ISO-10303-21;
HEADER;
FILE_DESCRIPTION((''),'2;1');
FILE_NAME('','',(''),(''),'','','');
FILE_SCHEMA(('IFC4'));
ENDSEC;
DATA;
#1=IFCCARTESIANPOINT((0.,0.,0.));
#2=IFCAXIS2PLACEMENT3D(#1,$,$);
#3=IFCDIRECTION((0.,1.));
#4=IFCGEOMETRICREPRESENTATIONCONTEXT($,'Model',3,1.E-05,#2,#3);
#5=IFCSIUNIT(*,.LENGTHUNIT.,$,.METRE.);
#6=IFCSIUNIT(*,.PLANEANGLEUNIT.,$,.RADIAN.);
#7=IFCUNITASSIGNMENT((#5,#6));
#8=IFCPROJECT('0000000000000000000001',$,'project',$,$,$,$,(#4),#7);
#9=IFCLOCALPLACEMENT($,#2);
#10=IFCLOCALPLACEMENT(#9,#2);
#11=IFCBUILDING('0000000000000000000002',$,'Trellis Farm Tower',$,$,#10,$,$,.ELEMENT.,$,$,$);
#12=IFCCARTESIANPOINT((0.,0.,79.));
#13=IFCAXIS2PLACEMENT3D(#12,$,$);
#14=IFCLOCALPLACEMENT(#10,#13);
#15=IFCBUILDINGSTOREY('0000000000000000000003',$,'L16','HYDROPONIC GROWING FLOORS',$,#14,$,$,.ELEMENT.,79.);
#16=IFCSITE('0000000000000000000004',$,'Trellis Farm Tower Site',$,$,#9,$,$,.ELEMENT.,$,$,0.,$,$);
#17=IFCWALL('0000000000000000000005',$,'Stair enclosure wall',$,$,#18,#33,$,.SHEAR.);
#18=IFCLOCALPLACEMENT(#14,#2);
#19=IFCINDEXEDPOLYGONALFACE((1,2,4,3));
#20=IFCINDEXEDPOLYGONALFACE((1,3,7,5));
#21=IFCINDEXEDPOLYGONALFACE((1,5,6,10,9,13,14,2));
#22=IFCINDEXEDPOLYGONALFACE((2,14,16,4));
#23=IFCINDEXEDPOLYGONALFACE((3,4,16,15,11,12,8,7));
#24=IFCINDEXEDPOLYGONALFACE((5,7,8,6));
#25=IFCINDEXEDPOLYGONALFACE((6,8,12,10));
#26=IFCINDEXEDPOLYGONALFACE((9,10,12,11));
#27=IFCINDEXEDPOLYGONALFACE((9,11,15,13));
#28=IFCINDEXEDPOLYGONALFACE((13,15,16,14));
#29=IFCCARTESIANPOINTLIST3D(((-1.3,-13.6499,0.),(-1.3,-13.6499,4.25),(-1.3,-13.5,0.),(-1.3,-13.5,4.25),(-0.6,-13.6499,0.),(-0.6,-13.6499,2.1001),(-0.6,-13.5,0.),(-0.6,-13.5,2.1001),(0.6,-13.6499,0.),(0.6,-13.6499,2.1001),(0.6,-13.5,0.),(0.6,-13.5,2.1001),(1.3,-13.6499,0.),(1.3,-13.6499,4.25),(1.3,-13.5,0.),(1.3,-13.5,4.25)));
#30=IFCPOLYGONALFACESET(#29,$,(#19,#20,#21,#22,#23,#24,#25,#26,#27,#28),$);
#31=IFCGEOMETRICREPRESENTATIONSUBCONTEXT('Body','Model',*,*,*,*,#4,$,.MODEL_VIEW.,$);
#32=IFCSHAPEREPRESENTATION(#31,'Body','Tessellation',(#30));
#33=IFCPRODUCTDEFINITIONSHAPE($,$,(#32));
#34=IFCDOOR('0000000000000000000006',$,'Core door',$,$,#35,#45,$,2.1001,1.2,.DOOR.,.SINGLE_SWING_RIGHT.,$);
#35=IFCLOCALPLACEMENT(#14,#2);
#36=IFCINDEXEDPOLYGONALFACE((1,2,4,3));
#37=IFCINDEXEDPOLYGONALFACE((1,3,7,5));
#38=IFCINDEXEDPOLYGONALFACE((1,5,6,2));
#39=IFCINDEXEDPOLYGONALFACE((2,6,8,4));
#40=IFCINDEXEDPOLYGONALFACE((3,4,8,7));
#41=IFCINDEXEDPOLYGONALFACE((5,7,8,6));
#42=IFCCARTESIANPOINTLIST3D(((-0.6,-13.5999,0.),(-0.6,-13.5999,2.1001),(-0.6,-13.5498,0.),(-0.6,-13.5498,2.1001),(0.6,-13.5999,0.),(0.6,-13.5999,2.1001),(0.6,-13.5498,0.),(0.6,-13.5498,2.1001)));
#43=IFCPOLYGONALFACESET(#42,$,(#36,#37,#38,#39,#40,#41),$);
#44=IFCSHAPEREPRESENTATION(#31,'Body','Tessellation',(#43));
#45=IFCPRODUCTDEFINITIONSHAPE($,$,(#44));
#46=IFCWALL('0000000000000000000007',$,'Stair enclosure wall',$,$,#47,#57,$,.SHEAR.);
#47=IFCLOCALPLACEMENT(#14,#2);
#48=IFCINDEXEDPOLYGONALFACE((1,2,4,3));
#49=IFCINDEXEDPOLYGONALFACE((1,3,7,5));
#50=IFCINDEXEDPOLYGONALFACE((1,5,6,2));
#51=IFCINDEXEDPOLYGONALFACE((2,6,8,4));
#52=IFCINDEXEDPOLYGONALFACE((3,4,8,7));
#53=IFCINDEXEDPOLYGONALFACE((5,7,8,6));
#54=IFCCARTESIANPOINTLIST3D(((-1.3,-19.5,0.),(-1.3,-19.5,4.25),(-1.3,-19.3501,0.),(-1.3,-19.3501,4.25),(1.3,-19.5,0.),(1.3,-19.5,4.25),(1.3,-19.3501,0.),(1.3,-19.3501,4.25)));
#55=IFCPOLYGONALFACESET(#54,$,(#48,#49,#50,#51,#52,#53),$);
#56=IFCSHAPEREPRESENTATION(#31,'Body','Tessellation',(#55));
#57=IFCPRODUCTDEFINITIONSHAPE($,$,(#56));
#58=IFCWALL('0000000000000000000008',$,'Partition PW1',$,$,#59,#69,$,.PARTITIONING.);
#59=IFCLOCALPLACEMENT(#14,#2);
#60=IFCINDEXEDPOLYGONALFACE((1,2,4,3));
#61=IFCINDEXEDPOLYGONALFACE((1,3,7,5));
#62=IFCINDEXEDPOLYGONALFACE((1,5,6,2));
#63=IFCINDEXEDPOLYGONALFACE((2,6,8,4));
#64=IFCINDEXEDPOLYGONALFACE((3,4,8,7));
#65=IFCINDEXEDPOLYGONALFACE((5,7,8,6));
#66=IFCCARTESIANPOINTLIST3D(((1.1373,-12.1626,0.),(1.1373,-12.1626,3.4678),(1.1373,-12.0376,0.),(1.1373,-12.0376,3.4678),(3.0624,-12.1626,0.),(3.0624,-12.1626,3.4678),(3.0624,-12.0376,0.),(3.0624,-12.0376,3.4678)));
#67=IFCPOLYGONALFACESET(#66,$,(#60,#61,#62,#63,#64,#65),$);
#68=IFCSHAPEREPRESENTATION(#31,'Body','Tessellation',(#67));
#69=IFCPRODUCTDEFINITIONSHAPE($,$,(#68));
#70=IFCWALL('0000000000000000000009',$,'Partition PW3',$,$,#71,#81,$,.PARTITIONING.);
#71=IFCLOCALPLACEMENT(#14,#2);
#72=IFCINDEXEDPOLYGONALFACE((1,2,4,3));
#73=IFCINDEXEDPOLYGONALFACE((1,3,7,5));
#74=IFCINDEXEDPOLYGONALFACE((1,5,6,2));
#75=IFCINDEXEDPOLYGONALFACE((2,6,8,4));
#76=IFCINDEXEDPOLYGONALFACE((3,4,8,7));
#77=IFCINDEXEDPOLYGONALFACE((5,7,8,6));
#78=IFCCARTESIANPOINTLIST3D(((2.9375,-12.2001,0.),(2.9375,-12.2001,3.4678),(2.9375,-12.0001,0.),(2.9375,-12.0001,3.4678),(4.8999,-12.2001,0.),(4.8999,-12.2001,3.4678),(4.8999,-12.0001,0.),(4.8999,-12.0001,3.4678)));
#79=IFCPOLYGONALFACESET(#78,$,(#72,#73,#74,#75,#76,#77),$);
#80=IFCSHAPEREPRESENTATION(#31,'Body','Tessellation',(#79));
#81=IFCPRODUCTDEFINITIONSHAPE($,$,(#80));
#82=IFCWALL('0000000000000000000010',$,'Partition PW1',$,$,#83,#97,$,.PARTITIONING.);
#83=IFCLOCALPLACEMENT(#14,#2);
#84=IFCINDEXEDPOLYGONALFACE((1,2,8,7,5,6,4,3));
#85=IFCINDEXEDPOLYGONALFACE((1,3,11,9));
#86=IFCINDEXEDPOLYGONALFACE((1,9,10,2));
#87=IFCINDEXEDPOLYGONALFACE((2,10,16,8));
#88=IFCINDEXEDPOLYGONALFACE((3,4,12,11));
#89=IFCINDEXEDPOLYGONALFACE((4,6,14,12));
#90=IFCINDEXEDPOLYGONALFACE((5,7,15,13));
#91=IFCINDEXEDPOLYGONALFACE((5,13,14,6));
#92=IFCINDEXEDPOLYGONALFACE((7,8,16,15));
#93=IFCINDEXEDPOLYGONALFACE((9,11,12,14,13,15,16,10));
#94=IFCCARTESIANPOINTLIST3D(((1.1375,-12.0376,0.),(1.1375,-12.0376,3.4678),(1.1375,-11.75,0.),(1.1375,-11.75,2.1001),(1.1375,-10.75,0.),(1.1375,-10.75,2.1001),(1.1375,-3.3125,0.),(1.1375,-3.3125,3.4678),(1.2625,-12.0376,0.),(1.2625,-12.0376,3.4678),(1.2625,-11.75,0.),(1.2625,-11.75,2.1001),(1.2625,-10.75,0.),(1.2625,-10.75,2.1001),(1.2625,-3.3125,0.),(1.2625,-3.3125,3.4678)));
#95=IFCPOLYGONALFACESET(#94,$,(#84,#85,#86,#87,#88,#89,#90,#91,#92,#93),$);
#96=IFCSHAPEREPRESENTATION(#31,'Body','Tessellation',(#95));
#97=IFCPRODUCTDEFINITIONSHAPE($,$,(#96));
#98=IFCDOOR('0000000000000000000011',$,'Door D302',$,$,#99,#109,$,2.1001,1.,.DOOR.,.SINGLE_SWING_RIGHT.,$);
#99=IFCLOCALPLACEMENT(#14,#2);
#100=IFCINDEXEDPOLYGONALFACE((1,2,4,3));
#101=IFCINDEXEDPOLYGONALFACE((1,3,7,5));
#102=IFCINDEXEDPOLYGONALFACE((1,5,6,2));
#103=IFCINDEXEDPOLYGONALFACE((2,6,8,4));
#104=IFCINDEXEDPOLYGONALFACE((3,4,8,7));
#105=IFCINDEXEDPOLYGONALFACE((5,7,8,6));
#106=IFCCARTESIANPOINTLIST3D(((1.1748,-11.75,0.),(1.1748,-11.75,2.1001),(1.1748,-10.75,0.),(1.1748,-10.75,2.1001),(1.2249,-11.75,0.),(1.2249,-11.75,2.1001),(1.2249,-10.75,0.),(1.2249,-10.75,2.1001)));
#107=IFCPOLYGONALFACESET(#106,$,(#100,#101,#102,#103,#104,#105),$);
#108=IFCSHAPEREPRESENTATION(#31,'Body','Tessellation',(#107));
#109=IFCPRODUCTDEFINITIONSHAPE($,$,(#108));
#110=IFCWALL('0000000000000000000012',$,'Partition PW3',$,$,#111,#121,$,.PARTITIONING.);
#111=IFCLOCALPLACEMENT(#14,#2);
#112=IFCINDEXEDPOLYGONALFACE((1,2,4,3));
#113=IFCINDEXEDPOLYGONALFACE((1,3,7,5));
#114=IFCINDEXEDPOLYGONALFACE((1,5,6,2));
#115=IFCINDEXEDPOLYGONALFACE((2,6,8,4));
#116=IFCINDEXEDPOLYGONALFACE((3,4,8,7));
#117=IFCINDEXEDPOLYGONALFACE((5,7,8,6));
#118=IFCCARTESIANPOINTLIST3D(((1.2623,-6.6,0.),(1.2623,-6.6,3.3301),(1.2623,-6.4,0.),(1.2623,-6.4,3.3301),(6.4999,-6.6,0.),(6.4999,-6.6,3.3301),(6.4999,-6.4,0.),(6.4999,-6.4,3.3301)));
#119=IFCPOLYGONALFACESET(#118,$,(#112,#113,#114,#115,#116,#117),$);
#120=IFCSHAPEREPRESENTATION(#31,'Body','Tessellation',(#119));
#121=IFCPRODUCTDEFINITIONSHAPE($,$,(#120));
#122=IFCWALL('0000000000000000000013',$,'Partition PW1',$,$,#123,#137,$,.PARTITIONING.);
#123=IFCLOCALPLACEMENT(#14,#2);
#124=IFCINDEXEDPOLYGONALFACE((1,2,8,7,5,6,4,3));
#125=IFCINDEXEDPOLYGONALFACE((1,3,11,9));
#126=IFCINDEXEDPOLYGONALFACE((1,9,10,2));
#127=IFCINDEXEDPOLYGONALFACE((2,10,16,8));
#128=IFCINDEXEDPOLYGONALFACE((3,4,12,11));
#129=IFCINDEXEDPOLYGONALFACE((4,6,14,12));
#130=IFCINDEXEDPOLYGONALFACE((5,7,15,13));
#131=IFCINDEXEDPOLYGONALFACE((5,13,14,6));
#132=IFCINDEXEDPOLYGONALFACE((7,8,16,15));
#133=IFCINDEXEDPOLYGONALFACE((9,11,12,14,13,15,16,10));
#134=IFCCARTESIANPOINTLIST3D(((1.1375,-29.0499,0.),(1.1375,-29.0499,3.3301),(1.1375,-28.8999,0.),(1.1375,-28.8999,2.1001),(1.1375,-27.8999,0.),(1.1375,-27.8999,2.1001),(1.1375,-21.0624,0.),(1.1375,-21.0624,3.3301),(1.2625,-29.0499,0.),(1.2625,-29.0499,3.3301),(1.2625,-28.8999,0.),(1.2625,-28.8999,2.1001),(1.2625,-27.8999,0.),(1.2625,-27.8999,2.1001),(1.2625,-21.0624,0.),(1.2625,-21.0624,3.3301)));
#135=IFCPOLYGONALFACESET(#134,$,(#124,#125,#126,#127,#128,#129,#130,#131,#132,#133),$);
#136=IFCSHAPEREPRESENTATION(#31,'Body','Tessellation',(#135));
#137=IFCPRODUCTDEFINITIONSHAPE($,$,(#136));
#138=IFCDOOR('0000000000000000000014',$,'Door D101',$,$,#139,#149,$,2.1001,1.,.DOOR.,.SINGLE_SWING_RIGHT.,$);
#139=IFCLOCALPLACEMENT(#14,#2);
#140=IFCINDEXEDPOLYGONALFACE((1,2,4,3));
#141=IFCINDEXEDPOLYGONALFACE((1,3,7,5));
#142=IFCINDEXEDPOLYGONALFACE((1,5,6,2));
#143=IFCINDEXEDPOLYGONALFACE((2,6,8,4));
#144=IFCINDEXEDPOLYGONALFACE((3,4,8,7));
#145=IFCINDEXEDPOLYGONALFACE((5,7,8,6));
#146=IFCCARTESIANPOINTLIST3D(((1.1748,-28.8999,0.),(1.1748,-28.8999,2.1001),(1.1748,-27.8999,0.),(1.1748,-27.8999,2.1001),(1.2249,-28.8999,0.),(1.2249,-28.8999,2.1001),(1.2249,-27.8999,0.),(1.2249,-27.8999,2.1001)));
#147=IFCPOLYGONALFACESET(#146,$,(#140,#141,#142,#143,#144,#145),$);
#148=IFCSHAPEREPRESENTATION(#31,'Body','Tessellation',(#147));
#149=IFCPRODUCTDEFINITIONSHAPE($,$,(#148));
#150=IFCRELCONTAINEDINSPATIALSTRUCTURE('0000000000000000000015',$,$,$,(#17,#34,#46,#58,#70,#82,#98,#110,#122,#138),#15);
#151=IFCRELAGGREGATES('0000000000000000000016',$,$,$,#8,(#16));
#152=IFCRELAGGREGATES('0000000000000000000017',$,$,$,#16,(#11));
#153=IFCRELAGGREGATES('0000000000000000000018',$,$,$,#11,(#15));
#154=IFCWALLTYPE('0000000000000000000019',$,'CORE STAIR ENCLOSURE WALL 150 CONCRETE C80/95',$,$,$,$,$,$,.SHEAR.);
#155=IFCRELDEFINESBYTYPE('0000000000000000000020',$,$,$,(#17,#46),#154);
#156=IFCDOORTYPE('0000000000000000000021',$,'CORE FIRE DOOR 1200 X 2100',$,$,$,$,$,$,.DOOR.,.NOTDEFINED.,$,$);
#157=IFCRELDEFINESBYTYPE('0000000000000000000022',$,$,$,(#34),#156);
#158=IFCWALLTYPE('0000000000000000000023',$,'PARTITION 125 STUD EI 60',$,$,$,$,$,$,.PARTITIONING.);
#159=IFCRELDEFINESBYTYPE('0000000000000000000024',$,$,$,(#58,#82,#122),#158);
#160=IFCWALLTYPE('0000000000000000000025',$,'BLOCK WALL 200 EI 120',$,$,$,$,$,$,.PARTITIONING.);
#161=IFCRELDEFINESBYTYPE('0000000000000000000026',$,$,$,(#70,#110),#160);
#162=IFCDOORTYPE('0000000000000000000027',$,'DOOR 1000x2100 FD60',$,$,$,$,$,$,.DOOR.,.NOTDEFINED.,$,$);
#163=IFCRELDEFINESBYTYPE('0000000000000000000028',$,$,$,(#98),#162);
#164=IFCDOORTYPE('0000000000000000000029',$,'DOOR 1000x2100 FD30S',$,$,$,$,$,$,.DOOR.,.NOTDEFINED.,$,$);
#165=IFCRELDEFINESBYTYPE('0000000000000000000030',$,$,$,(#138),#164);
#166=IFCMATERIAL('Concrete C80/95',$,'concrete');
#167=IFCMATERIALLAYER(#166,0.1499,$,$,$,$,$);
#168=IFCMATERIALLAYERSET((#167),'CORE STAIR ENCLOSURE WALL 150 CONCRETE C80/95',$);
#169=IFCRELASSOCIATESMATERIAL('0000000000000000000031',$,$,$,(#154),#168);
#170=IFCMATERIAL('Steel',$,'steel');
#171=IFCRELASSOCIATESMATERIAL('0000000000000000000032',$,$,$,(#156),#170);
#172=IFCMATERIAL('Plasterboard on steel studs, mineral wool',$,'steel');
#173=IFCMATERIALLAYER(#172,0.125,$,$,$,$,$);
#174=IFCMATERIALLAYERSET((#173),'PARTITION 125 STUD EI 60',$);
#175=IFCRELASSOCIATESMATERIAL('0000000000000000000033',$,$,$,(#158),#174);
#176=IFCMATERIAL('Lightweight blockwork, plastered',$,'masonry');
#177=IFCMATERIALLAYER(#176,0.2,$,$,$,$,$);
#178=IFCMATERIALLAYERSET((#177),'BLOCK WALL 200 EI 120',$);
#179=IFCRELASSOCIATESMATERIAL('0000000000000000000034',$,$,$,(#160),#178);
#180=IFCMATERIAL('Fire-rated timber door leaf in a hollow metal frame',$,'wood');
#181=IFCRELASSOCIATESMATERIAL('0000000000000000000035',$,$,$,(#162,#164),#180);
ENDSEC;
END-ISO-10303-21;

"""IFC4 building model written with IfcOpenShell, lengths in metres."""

from ifc_helpers import new_model, si_unit, direction, frame, frame_2d, origin, place, context, subcontext, project, spatial, rectangle, extrude, source, transform, mapped, material, layer, layer_set, type_object, element, fill, save


model = new_model("IFC4")

# Units and contexts
model_context = context("Model", 3, precision=1e-05, world=origin(), true_north=direction((0.0, 1.0)))
body_context = subcontext(model_context, "Body", "Model", "MODEL_VIEW")
ifc_project = project(units=[si_unit("LENGTHUNIT", "METRE"), si_unit("PLANEANGLEUNIT", "RADIAN")], contexts=[model_context])

# Site, building, storey
site_placement = place(None, origin())
site = spatial("IfcSite", under=ifc_project, at=site_placement, Name="Trellis Farm Tower Site", CompositionType="ELEMENT", RefElevation=0.0)
building_placement = place(site_placement, origin())
building = spatial("IfcBuilding", under=site, at=building_placement, Name="Trellis Farm Tower", CompositionType="ELEMENT")
storey_placement = place(building_placement, frame((0.0, 0.0, 79.0)))
storey = spatial("IfcBuildingStorey", under=building, at=storey_placement, Name="L16", Description="HYDROPONIC GROWING FLOORS", CompositionType="ELEMENT", Elevation=79.0)

# Shared definitions
ifc_material_1 = material(Name="Concrete C80/95", Category="concrete")

# Wall, opening, door
ifc_layer_1 = layer(ifc_material_1, 0.1499)
ifc_layer_set_1 = layer_set([ifc_layer_1], Name="CORE STAIR ENCLOSURE WALL 150 CONCRETE C80/95")
wall_type_1 = type_object("IfcWallType", Name="CORE STAIR ENCLOSURE WALL 150 CONCRETE C80/95", PredefinedType="SHEAR", material=ifc_layer_set_1)
shared_shape_1 = source(origin(), body_context, "Body", "SweptSolid", [
    extrude(rectangle(XDim=2.6001, YDim=0.1499, at=frame_2d((1.3, 0.0))), origin(), (0.0, 0.0, 1.0), 4.25),
])
wall_1_placement = place(storey_placement, frame((1.3, -13.575, 0.0), z_axis=(0.0, 0.0, 1.0), x_axis=(-1.0, 0.0, 0.0)))
wall_1 = element("IfcWall", 1, at=wall_1_placement, inside=storey, type_object=wall_type_1, Name="Stair enclosure wall", PredefinedType="SHEAR", context=body_context, shape_type="MappedRepresentation", body=[
    mapped(shared_shape_1, transform((0.0, 0.0, 0.0))),
])
shared_shape_2 = source(origin(), body_context, "Body", "SweptSolid", [
    extrude(rectangle(XDim=1.2, YDim=2.1001, at=frame_2d((0.6001, 1.05))), frame((0.0, 0.085, 0.0), z_axis=(0.0, -1.0, 0.0), x_axis=(1.0, 0.0, 0.0)), (0.0, 0.0, 1.0), 0.1699),
])
opening_1_placement = place(wall_1_placement, frame((0.7, 0.0, 0.0)))
opening_1 = element("IfcOpeningElement", 2, at=opening_1_placement, cuts=wall_1, PredefinedType="OPENING", context=body_context, shape_type="MappedRepresentation", body=[
    mapped(shared_shape_2, transform((0.0, 0.0, 0.0))),
])
ifc_material_2 = material(Name="Steel", Category="steel")
door_type_1 = type_object("IfcDoorType", Name="CORE FIRE DOOR 1200 X 2100", OperationType="NOTDEFINED", PredefinedType="DOOR", material=ifc_material_2)
shared_shape_3 = source(origin(), body_context, "Body", "SweptSolid", [
    extrude(rectangle(XDim=1.2, YDim=2.1001, at=frame_2d((0.6001, 1.05))), frame((0.0, 0.0249, 0.0), z_axis=(0.0, -1.0, 0.0), x_axis=(1.0, 0.0, 0.0)), (0.0, 0.0, 1.0), 0.05),
])
door_1_placement = place(opening_1_placement, origin())
door_1 = element("IfcDoor", 3, at=door_1_placement, inside=storey, type_object=door_type_1, Name="Core door", OperationType="SINGLE_SWING_RIGHT", OverallHeight=2.1001, OverallWidth=1.2, PredefinedType="DOOR", context=body_context, shape_type="MappedRepresentation", body=[
    mapped(shared_shape_3, transform((0.0, 0.0, 0.0))),
])
fill(opening_1, door_1)

# Walls
wall_2_placement = place(storey_placement, frame((1.3, -19.425, 0.0), z_axis=(0.0, 0.0, 1.0), x_axis=(-1.0, 0.0, 0.0)))
element("IfcWall", 4, at=wall_2_placement, inside=storey, type_object=wall_type_1, Name="Stair enclosure wall", PredefinedType="SHEAR", context=body_context, shape_type="MappedRepresentation", body=[
    mapped(shared_shape_1, transform((0.0, 0.0, 0.0))),
])
ifc_material_3 = material(Name="Plasterboard on steel studs, mineral wool", Category="steel")
ifc_layer_2 = layer(ifc_material_3, 0.125)
ifc_layer_set_2 = layer_set([ifc_layer_2], Name="PARTITION 125 STUD EI 60")
wall_type_2 = type_object("IfcWallType", Name="PARTITION 125 STUD EI 60", PredefinedType="PARTITIONING", material=ifc_layer_set_2)
shared_shape_4 = source(origin(), body_context, "Body", "SweptSolid", [
    extrude(rectangle(XDim=1.925, YDim=0.125, at=frame_2d((0.9624, 0.0))), origin(), (0.0, 0.0, 1.0), 3.4678),
])
wall_3_placement = place(storey_placement, frame((1.1375, -12.1001, 0.0), z_axis=(0.0, 0.0, 1.0), x_axis=(1.0, 0.0, 0.0)))
element("IfcWall", 5, at=wall_3_placement, inside=storey, type_object=wall_type_2, Name="Partition PW1", PredefinedType="PARTITIONING", context=body_context, shape_type="MappedRepresentation", body=[
    mapped(shared_shape_4, transform((0.0, 0.0, 0.0))),
])
ifc_material_4 = material(Name="Lightweight blockwork, plastered", Category="masonry")
ifc_layer_3 = layer(ifc_material_4, 0.2)
ifc_layer_set_3 = layer_set([ifc_layer_3], Name="BLOCK WALL 200 EI 120")
wall_type_3 = type_object("IfcWallType", Name="BLOCK WALL 200 EI 120", PredefinedType="PARTITIONING", material=ifc_layer_set_3)
shared_shape_5 = source(origin(), body_context, "Body", "SweptSolid", [
    extrude(rectangle(XDim=1.9624, YDim=0.2, at=frame_2d((0.9812, 0.0))), origin(), (0.0, 0.0, 1.0), 3.4678),
])
wall_4_placement = place(storey_placement, frame((2.9375, -12.1001, 0.0), z_axis=(0.0, 0.0, 1.0), x_axis=(1.0, 0.0, 0.0)))
element("IfcWall", 6, at=wall_4_placement, inside=storey, type_object=wall_type_3, Name="Partition PW3", PredefinedType="PARTITIONING", context=body_context, shape_type="MappedRepresentation", body=[
    mapped(shared_shape_5, transform((0.0, 0.0, 0.0))),
])

# Wall, opening, door
shared_shape_6 = source(origin(), body_context, "Body", "SweptSolid", [
    extrude(rectangle(XDim=8.7251, YDim=0.125, at=frame_2d((4.3625, 0.0))), origin(), (0.0, 0.0, 1.0), 3.4678),
])
wall_5_placement = place(storey_placement, frame((1.2, -3.3125, 0.0), z_axis=(0.0, 0.0, 1.0), x_axis=(0.0, -1.0, 0.0)))
wall_5 = element("IfcWall", 7, at=wall_5_placement, inside=storey, type_object=wall_type_2, Name="Partition PW1", PredefinedType="PARTITIONING", context=body_context, shape_type="MappedRepresentation", body=[
    mapped(shared_shape_6, transform((0.0, 0.0, 0.0))),
])
shared_shape_7 = source(origin(), body_context, "Body", "SweptSolid", [
    extrude(rectangle(XDim=1.0, YDim=2.1001, at=frame_2d((0.5, 1.05))), frame((0.0, 0.0725, 0.0), z_axis=(0.0, -1.0, 0.0), x_axis=(1.0, 0.0, 0.0)), (0.0, 0.0, 1.0), 0.145),
])
opening_2_placement = place(wall_5_placement, frame((7.4375, 0.0, 0.0)))
opening_2 = element("IfcOpeningElement", 8, at=opening_2_placement, cuts=wall_5, PredefinedType="OPENING", context=body_context, shape_type="MappedRepresentation", body=[
    mapped(shared_shape_7, transform((0.0, 0.0, 0.0))),
])
ifc_material_5 = material(Name="Fire-rated timber door leaf in a hollow metal frame", Category="wood")
door_type_2 = type_object("IfcDoorType", Name="DOOR 1000x2100 FD60", OperationType="NOTDEFINED", PredefinedType="DOOR", material=ifc_material_5)
shared_shape_8 = source(origin(), body_context, "Body", "SweptSolid", [
    extrude(rectangle(XDim=1.0, YDim=2.1001, at=frame_2d((0.5, 1.05))), frame((0.0, 0.0249, 0.0), z_axis=(0.0, -1.0, 0.0), x_axis=(1.0, 0.0, 0.0)), (0.0, 0.0, 1.0), 0.05),
])
door_2_placement = place(opening_2_placement, origin())
door_2 = element("IfcDoor", 9, at=door_2_placement, inside=storey, type_object=door_type_2, Name="Door D302", OperationType="SINGLE_SWING_RIGHT", OverallHeight=2.1001, OverallWidth=1.0, PredefinedType="DOOR", context=body_context, shape_type="MappedRepresentation", body=[
    mapped(shared_shape_8, transform((0.0, 0.0, 0.0))),
])
fill(opening_2, door_2)

# Wall
shared_shape_9 = source(origin(), body_context, "Body", "SweptSolid", [
    extrude(rectangle(XDim=5.2375, YDim=0.2, at=frame_2d((2.6187, 0.0))), origin(), (0.0, 0.0, 1.0), 3.3301),
])
wall_6_placement = place(storey_placement, frame((1.2625, -6.5, 0.0), z_axis=(0.0, 0.0, 1.0), x_axis=(1.0, 0.0, 0.0)))
element("IfcWall", 10, at=wall_6_placement, inside=storey, type_object=wall_type_3, Name="Partition PW3", PredefinedType="PARTITIONING", context=body_context, shape_type="MappedRepresentation", body=[
    mapped(shared_shape_9, transform((0.0, 0.0, 0.0))),
])

# Wall, opening, door
shared_shape_10 = source(origin(), body_context, "Body", "SweptSolid", [
    extrude(rectangle(XDim=7.9875, YDim=0.125, at=frame_2d((3.9937, 0.0))), origin(), (0.0, 0.0, 1.0), 3.3301),
])
wall_7_placement = place(storey_placement, frame((1.2, -21.0625, 0.0), z_axis=(0.0, 0.0, 1.0), x_axis=(0.0, -1.0, 0.0)))
wall_7 = element("IfcWall", 11, at=wall_7_placement, inside=storey, type_object=wall_type_2, Name="Partition PW1", PredefinedType="PARTITIONING", context=body_context, shape_type="MappedRepresentation", body=[
    mapped(shared_shape_10, transform((0.0, 0.0, 0.0))),
])
opening_3_placement = place(wall_7_placement, frame((6.8374, 0.0, 0.0)))
opening_3 = element("IfcOpeningElement", 12, at=opening_3_placement, cuts=wall_7, PredefinedType="OPENING", context=body_context, shape_type="MappedRepresentation", body=[
    mapped(shared_shape_7, transform((0.0, 0.0, 0.0))),
])
door_type_3 = type_object("IfcDoorType", Name="DOOR 1000x2100 FD30S", OperationType="NOTDEFINED", PredefinedType="DOOR", material=ifc_material_5)
door_3_placement = place(opening_3_placement, origin())
door_3 = element("IfcDoor", 13, at=door_3_placement, inside=storey, type_object=door_type_3, Name="Door D101", OperationType="SINGLE_SWING_RIGHT", OverallHeight=2.1001, OverallWidth=1.0, PredefinedType="DOOR", context=body_context, shape_type="MappedRepresentation", body=[
    mapped(shared_shape_8, transform((0.0, 0.0, 0.0))),
])
fill(opening_3, door_3)

save(model, "model.ifc")
